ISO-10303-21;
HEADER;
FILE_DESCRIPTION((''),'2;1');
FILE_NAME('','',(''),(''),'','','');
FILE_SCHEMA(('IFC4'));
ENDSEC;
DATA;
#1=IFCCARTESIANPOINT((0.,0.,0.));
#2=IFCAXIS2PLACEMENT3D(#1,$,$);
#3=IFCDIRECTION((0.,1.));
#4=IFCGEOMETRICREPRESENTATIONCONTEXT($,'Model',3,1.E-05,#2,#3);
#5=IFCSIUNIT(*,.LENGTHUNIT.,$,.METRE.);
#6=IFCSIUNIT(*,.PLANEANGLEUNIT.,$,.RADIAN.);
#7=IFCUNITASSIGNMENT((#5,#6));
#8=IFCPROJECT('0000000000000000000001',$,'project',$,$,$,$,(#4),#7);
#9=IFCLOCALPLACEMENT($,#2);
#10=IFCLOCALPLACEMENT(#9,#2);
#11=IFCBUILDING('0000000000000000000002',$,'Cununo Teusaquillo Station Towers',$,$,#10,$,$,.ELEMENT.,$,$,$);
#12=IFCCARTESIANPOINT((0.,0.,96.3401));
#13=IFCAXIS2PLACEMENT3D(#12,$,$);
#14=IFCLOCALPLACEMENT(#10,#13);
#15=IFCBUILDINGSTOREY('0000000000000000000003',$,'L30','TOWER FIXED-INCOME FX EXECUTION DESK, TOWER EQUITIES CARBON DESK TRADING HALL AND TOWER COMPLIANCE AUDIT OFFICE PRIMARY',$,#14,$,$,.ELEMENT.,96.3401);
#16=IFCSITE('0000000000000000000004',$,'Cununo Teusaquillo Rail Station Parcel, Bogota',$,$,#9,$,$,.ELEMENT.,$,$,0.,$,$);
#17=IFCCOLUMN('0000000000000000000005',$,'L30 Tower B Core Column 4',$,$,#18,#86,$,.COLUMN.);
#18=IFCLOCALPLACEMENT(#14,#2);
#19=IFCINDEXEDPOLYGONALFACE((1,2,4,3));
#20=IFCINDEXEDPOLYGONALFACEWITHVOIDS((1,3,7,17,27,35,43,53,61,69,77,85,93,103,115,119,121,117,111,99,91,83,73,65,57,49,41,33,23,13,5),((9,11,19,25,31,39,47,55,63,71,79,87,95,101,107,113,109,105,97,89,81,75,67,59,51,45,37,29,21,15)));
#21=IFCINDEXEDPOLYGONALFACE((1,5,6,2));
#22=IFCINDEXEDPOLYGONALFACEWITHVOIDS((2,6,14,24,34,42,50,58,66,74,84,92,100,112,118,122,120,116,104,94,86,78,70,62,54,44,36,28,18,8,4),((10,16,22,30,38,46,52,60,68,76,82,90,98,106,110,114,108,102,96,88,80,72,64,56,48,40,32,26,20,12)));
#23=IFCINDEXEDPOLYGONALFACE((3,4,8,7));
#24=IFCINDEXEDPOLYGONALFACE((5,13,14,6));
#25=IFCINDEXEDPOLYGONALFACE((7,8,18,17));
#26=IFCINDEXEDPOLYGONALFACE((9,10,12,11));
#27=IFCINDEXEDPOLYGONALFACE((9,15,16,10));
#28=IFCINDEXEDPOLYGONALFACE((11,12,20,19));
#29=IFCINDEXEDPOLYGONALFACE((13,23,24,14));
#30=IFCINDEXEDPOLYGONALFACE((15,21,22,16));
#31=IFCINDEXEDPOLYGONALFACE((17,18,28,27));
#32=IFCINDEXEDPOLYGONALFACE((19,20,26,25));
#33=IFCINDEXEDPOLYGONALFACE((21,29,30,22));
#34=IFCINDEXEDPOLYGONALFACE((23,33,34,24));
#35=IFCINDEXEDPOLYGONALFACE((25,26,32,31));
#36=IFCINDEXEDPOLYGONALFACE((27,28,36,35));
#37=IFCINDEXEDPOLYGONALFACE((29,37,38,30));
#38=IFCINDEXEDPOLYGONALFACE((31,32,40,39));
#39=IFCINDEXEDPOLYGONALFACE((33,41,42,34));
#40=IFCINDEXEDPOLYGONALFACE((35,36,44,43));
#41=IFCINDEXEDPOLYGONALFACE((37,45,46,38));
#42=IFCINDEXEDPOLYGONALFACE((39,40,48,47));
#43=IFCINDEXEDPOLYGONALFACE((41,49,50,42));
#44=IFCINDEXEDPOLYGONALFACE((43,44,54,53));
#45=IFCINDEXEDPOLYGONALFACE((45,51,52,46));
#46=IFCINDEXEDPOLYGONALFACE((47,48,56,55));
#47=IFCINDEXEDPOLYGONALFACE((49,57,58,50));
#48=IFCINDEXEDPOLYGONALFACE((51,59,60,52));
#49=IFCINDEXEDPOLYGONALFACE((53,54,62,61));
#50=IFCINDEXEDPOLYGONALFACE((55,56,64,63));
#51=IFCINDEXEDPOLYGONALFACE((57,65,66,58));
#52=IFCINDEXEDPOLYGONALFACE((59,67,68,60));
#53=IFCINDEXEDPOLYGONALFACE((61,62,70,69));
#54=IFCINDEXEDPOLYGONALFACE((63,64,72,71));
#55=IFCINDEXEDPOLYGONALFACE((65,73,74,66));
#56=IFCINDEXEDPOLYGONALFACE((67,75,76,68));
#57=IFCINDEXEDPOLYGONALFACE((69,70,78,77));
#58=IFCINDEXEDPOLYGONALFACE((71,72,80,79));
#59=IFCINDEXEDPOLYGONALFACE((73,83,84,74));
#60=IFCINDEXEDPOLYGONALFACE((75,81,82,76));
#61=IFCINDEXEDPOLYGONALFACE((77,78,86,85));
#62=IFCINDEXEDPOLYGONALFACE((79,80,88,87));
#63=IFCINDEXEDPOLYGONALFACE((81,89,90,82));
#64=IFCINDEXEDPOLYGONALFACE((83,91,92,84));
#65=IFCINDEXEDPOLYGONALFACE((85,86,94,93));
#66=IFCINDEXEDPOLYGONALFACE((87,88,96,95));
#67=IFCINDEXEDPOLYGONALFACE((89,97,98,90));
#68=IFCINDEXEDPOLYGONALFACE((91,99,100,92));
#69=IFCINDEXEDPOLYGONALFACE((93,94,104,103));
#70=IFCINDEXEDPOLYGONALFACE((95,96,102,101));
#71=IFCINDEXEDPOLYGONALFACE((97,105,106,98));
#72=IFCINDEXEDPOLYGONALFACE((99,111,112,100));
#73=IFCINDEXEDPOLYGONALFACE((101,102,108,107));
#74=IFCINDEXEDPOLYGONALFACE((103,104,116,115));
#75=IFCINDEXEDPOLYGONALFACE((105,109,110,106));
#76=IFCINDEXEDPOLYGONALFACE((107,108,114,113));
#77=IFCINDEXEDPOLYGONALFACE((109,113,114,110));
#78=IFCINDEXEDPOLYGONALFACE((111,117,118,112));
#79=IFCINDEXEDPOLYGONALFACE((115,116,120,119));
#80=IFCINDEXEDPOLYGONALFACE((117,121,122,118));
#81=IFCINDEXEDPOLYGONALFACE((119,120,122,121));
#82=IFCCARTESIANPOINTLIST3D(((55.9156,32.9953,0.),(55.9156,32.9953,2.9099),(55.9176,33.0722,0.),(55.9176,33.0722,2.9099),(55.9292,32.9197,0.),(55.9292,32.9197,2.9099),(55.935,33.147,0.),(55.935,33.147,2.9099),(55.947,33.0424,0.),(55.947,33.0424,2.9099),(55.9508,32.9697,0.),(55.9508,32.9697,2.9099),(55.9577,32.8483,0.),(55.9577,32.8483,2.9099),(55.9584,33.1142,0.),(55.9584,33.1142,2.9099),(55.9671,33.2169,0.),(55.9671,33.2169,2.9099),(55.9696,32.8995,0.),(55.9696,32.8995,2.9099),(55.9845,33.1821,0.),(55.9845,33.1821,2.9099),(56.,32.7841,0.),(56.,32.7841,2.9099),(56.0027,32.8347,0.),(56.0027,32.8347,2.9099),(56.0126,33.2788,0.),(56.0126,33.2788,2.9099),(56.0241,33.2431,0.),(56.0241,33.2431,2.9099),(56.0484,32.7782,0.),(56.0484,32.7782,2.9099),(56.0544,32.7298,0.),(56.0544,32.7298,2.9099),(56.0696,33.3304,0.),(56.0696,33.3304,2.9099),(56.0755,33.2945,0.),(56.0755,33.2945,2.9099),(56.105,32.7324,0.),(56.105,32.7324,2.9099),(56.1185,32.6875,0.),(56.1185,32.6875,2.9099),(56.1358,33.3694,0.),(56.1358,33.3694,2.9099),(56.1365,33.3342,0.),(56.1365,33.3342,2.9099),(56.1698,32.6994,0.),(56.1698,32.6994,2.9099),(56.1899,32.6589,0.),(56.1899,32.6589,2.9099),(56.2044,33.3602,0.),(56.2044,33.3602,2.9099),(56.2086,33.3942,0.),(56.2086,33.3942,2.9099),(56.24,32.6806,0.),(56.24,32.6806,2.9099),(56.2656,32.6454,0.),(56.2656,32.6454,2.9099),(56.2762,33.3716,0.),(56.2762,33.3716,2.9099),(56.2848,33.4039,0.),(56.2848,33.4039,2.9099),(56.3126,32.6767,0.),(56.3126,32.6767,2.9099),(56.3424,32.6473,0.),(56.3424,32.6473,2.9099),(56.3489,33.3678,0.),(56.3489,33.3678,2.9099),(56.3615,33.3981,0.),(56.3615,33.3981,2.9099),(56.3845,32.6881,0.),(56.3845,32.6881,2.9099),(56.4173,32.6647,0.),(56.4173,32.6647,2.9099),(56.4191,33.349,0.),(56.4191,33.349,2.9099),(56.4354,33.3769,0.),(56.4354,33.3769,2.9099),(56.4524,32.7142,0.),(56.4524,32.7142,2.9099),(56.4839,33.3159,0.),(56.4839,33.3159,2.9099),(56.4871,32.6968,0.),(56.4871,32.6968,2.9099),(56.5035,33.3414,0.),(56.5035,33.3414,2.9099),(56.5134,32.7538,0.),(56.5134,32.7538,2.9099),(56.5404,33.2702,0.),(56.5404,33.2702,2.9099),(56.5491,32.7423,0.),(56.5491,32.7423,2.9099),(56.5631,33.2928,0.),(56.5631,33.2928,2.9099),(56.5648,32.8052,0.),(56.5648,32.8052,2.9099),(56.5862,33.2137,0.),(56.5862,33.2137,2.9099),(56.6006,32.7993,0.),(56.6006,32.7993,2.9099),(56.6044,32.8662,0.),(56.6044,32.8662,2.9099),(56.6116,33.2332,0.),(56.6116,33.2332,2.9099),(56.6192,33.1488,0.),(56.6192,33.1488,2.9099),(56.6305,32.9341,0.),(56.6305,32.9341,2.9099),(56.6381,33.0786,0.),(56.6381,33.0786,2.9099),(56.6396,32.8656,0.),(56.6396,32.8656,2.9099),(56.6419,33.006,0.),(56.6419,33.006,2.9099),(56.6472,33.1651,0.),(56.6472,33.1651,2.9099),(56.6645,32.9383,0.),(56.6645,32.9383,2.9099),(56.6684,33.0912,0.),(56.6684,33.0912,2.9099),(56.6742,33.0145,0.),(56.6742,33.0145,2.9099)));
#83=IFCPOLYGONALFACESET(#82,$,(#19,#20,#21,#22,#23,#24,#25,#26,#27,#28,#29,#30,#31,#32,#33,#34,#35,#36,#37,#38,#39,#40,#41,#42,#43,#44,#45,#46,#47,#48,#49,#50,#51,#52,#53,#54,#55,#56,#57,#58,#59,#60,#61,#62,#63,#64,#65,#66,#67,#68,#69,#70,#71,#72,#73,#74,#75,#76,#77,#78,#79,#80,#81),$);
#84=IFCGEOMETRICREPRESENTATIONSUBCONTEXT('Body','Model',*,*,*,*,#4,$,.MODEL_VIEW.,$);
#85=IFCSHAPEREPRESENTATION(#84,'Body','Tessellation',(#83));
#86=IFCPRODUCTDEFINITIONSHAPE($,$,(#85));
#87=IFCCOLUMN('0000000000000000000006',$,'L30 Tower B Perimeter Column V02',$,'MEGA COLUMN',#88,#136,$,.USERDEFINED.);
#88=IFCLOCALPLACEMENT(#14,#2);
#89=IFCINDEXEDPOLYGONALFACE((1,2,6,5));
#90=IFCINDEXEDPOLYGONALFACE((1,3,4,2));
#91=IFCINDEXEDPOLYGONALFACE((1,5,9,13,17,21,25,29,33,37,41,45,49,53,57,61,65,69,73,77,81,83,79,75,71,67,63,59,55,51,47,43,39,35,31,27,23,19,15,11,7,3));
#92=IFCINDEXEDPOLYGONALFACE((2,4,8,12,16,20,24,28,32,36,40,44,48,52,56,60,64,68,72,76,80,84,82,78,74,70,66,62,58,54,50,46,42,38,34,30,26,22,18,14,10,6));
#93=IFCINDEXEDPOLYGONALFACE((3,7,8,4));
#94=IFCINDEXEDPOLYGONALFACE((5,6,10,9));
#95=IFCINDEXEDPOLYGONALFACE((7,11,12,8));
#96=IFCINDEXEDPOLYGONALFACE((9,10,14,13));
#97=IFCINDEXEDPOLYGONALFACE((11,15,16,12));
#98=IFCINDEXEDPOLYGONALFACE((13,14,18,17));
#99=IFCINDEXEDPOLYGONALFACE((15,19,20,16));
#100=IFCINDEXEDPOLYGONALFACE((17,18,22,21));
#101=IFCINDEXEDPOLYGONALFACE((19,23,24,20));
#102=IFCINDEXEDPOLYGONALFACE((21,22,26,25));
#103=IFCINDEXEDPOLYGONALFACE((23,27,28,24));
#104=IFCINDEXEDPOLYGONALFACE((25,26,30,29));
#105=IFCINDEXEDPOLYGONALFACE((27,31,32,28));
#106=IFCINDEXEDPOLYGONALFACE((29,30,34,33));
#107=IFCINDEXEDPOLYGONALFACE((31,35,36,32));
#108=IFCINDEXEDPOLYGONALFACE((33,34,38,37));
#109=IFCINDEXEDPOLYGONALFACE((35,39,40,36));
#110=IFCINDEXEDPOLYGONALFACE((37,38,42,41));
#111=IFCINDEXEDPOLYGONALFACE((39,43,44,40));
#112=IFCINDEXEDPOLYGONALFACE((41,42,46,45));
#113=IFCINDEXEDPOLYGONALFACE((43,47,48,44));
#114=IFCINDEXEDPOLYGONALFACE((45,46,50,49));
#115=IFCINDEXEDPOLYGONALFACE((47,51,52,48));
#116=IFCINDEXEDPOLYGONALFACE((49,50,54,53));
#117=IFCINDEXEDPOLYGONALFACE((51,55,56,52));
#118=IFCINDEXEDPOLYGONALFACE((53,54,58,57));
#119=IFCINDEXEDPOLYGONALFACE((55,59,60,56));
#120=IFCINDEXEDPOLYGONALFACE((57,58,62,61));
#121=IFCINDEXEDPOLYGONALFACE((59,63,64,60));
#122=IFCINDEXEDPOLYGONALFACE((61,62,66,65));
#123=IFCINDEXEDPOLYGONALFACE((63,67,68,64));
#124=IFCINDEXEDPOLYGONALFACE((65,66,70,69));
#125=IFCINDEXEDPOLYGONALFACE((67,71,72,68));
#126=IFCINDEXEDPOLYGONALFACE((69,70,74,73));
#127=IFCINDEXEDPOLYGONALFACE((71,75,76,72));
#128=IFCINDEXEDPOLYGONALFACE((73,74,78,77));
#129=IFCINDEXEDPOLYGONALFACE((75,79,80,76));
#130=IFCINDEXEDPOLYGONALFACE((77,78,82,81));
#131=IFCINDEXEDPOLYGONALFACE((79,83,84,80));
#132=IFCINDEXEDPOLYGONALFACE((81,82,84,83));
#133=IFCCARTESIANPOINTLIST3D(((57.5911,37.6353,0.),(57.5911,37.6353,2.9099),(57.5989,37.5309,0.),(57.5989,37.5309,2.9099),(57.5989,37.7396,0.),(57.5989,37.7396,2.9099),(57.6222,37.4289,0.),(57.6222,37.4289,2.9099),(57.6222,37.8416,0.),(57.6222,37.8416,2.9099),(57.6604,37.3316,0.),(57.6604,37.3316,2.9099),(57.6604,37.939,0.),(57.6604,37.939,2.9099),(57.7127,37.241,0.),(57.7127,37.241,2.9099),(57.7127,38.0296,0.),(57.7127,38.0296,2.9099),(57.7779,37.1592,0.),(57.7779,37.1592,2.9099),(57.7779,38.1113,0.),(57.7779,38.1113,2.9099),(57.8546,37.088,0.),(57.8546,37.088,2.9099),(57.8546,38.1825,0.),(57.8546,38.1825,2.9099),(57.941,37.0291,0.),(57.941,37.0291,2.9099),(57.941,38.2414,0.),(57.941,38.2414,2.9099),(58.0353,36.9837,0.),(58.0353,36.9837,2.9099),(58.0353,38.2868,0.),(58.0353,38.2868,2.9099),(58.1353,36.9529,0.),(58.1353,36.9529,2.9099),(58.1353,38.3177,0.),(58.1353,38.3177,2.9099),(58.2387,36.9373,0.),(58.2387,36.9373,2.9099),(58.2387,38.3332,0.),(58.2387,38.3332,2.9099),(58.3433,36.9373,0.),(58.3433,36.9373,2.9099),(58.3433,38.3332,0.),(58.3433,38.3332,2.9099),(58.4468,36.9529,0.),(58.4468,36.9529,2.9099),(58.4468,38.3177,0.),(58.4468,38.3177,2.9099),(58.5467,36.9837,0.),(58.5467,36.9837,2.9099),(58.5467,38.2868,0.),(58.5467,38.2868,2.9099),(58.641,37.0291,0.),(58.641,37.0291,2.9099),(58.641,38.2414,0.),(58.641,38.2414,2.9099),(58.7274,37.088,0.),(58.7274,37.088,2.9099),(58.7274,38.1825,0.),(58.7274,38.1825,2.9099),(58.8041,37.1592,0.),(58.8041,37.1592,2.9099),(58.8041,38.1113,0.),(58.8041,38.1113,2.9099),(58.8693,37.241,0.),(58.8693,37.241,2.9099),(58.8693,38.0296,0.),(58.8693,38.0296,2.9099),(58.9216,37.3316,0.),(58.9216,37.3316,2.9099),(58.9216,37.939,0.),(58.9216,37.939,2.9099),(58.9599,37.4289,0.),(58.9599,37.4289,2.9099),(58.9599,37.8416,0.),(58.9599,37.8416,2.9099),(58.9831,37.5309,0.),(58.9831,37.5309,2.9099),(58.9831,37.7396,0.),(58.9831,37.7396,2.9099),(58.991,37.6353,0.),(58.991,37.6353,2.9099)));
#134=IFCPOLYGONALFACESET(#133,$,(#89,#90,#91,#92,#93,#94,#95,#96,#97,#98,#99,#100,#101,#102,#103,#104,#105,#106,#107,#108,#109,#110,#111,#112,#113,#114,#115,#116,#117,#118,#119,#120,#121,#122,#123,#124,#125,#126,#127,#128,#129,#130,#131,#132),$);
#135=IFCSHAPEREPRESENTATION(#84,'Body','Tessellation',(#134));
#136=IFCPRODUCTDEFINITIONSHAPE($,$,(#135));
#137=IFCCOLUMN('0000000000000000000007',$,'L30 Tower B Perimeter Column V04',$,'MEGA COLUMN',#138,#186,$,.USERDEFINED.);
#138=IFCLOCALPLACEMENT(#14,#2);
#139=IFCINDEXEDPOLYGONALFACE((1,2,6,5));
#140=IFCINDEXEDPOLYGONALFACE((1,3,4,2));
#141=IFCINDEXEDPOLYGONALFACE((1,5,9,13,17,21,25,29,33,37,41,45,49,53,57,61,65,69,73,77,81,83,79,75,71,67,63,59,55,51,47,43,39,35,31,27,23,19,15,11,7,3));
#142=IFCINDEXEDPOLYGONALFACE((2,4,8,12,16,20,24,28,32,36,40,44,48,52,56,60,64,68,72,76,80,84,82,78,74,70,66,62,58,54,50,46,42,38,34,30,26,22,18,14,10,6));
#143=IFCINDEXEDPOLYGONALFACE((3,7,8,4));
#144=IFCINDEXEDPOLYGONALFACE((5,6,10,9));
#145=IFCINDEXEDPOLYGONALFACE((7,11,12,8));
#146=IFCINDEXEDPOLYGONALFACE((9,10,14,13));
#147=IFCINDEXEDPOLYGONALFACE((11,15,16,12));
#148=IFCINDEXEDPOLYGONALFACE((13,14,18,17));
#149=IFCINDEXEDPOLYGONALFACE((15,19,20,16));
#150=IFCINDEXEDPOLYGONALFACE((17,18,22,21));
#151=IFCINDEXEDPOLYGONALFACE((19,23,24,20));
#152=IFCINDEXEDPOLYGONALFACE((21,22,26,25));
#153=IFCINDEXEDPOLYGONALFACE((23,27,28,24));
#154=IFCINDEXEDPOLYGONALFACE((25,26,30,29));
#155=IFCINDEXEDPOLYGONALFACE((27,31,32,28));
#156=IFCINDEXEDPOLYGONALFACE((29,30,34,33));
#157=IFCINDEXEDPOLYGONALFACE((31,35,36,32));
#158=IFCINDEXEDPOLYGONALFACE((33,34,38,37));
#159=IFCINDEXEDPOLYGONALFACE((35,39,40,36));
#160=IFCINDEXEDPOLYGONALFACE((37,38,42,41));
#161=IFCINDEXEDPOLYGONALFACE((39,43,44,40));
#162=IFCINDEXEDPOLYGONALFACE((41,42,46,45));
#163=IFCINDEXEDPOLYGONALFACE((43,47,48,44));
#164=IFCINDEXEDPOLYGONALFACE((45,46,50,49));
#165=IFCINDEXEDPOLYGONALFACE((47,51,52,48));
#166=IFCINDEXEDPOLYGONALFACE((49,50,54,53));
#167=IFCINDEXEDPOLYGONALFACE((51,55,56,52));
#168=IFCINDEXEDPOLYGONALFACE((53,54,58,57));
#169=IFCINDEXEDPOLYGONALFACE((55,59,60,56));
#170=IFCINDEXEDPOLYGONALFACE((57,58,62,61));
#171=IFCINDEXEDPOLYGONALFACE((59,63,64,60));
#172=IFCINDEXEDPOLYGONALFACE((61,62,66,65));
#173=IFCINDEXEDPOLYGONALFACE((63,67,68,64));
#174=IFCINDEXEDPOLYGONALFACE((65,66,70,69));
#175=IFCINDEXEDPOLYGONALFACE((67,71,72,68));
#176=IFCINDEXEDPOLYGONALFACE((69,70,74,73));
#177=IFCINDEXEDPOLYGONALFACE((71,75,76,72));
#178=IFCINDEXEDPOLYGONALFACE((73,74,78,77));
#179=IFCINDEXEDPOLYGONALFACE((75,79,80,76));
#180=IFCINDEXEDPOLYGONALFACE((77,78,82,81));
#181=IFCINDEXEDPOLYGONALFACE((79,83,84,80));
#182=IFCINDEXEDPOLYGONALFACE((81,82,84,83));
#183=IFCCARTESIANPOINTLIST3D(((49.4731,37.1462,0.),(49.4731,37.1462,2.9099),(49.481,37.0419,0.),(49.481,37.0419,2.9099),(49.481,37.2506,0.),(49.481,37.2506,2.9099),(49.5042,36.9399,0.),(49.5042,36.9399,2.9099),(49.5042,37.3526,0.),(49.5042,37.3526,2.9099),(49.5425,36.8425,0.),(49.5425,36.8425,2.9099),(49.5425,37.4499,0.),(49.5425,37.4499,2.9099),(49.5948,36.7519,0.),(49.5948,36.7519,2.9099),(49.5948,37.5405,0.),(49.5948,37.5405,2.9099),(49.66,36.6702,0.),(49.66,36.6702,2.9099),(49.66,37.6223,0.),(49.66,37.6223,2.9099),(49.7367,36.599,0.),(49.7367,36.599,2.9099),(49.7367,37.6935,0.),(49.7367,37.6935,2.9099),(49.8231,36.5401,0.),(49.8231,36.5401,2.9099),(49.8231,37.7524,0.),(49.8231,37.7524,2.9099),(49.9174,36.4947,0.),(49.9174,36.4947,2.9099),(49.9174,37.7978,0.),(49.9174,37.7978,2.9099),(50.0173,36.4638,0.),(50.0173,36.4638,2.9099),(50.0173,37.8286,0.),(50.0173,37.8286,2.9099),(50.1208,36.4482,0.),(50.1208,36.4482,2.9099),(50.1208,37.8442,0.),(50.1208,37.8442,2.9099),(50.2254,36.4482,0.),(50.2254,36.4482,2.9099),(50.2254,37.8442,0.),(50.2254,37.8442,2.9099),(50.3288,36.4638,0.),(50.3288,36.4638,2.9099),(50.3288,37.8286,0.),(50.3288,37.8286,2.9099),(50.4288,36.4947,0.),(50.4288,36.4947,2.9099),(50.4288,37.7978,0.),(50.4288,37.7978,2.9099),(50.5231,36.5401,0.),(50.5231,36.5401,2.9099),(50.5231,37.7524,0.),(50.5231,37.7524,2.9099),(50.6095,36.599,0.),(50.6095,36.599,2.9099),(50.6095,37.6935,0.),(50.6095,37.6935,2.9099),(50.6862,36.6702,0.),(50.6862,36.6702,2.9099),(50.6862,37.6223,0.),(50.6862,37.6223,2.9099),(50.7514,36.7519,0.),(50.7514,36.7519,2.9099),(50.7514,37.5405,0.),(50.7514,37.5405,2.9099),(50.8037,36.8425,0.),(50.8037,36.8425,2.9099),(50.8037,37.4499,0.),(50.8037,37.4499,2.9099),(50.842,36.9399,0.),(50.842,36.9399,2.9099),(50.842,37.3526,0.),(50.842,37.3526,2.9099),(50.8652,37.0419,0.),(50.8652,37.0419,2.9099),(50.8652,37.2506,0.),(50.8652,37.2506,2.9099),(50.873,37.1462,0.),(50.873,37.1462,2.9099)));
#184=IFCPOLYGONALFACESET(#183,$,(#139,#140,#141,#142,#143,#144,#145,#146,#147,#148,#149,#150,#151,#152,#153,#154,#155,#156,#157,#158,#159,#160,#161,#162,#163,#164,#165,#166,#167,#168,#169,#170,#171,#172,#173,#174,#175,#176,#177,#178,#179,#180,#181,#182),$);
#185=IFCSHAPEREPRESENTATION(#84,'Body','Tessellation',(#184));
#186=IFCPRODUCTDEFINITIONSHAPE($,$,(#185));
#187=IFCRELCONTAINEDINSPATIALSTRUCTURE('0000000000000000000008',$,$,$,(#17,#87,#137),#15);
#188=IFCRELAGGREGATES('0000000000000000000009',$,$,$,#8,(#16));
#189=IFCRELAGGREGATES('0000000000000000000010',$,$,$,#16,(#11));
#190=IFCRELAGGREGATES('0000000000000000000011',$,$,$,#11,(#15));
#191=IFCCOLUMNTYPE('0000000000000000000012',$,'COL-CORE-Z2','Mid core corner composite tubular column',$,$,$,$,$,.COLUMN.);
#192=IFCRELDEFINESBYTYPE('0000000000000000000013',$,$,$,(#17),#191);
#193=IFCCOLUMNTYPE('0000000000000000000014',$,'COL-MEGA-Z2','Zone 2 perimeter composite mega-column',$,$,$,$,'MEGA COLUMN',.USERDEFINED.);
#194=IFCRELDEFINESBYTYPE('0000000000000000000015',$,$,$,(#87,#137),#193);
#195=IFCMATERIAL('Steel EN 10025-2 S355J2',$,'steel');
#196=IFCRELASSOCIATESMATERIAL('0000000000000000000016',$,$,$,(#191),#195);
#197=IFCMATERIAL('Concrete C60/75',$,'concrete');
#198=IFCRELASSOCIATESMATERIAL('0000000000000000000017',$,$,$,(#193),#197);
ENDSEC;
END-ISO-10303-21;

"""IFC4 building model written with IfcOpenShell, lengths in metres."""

from ifc_helpers import new_model, si_unit, direction, frame, origin, origin_2d, place, context, subcontext, project, spatial, circle, hollow_circle, extrude, material, material_profile, profile_set, type_object, element, save


model = new_model("IFC4")

# Units and contexts
model_context = context("Model", 3, precision=1e-05, world=origin(), true_north=direction((0.0, 1.0)))
body_context = subcontext(model_context, "Body", "Model", "MODEL_VIEW")
ifc_project = project(units=[si_unit("LENGTHUNIT", "METRE"), si_unit("PLANEANGLEUNIT", "RADIAN")], contexts=[model_context])

# Site, building, storey
site_placement = place(None, origin())
site = spatial("IfcSite", under=ifc_project, at=site_placement, Name="Cununo Teusaquillo Rail Station Parcel, Bogota", CompositionType="ELEMENT", RefElevation=0.0)
building_placement = place(site_placement, origin())
building = spatial("IfcBuilding", under=site, at=building_placement, Name="Cununo Teusaquillo Station Towers", CompositionType="ELEMENT")
storey_placement = place(building_placement, frame((0.0, 0.0, 96.3401)))
storey = spatial("IfcBuildingStorey", under=building, at=storey_placement, Name="L30", Description="TOWER FIXED-INCOME FX EXECUTION DESK, TOWER EQUITIES CARBON DESK TRADING HALL AND TOWER COMPLIANCE AUDIT OFFICE PRIMARY", CompositionType="ELEMENT", Elevation=96.3401)

# Columns
ifc_material_1 = material(Name="Steel EN 10025-2 S355J2", Category="steel")
ifc_material_profile_1 = material_profile(ifc_material_1, hollow_circle(Radius=0.3799, WallThickness=0.032, at=origin_2d()), Name="CHS 760x32")
ifc_profile_set_1 = profile_set([ifc_material_profile_1], Name="Steel EN 10025-2 S355J2")
column_type_1 = type_object("IfcColumnType", Name="COL-CORE-Z2", Description="Mid core corner composite tubular column", PredefinedType="COLUMN", material=ifc_profile_set_1)
column_placement = place(storey_placement, frame((56.2944, 33.0242, 0.0), z_axis=(0.0, 0.0, 1.0), x_axis=(0.707107, 0.707107, 0.0)))
element("IfcColumn", 1, at=column_placement, inside=storey, type_object=column_type_1, Name="L30 Tower B Core Column 4", PredefinedType="COLUMN", context=body_context, shape_type="SweptSolid", body=[
    extrude(hollow_circle(Radius=0.3799, WallThickness=0.032, at=origin_2d()), origin(), (0.0, 0.0, 1.0), 2.9099),
])
ifc_material_2 = material(Name="Concrete C60/75", Category="concrete")
ifc_material_profile_2 = material_profile(ifc_material_2, circle(Radius=0.7, at=origin_2d()), Name="RC-CIRC-1400")
ifc_profile_set_2 = profile_set([ifc_material_profile_2], Name="Concrete C60/75")
column_type_2 = type_object("IfcColumnType", Name="COL-MEGA-Z2", Description="Zone 2 perimeter composite mega-column", ElementType="MEGA COLUMN", PredefinedType="USERDEFINED", material=ifc_profile_set_2)
for number, where, z_axis, x_axis, name in (
    (2, (58.291, 37.6353, 0.0), (0.0, 0.0, 1.0), (1.0, 0.0, 0.0), "L30 Tower B Perimeter Column V02"),
    (3, (50.1731, 37.1462, 0.0), (0.0, 0.0, 1.0), (1.0, 0.0, 0.0), "L30 Tower B Perimeter Column V04"),
):
    element("IfcColumn", number, at=place(storey_placement, frame(where, z_axis=z_axis, x_axis=x_axis)), inside=storey, type_object=column_type_2, Name=name, ObjectType="MEGA COLUMN", PredefinedType="USERDEFINED", context=body_context, shape_type="SweptSolid", body=[
        extrude(circle(Radius=0.7, at=origin_2d()), origin(), (0.0, 0.0, 1.0), 2.9099),
    ])

save(model, "model.ifc")
